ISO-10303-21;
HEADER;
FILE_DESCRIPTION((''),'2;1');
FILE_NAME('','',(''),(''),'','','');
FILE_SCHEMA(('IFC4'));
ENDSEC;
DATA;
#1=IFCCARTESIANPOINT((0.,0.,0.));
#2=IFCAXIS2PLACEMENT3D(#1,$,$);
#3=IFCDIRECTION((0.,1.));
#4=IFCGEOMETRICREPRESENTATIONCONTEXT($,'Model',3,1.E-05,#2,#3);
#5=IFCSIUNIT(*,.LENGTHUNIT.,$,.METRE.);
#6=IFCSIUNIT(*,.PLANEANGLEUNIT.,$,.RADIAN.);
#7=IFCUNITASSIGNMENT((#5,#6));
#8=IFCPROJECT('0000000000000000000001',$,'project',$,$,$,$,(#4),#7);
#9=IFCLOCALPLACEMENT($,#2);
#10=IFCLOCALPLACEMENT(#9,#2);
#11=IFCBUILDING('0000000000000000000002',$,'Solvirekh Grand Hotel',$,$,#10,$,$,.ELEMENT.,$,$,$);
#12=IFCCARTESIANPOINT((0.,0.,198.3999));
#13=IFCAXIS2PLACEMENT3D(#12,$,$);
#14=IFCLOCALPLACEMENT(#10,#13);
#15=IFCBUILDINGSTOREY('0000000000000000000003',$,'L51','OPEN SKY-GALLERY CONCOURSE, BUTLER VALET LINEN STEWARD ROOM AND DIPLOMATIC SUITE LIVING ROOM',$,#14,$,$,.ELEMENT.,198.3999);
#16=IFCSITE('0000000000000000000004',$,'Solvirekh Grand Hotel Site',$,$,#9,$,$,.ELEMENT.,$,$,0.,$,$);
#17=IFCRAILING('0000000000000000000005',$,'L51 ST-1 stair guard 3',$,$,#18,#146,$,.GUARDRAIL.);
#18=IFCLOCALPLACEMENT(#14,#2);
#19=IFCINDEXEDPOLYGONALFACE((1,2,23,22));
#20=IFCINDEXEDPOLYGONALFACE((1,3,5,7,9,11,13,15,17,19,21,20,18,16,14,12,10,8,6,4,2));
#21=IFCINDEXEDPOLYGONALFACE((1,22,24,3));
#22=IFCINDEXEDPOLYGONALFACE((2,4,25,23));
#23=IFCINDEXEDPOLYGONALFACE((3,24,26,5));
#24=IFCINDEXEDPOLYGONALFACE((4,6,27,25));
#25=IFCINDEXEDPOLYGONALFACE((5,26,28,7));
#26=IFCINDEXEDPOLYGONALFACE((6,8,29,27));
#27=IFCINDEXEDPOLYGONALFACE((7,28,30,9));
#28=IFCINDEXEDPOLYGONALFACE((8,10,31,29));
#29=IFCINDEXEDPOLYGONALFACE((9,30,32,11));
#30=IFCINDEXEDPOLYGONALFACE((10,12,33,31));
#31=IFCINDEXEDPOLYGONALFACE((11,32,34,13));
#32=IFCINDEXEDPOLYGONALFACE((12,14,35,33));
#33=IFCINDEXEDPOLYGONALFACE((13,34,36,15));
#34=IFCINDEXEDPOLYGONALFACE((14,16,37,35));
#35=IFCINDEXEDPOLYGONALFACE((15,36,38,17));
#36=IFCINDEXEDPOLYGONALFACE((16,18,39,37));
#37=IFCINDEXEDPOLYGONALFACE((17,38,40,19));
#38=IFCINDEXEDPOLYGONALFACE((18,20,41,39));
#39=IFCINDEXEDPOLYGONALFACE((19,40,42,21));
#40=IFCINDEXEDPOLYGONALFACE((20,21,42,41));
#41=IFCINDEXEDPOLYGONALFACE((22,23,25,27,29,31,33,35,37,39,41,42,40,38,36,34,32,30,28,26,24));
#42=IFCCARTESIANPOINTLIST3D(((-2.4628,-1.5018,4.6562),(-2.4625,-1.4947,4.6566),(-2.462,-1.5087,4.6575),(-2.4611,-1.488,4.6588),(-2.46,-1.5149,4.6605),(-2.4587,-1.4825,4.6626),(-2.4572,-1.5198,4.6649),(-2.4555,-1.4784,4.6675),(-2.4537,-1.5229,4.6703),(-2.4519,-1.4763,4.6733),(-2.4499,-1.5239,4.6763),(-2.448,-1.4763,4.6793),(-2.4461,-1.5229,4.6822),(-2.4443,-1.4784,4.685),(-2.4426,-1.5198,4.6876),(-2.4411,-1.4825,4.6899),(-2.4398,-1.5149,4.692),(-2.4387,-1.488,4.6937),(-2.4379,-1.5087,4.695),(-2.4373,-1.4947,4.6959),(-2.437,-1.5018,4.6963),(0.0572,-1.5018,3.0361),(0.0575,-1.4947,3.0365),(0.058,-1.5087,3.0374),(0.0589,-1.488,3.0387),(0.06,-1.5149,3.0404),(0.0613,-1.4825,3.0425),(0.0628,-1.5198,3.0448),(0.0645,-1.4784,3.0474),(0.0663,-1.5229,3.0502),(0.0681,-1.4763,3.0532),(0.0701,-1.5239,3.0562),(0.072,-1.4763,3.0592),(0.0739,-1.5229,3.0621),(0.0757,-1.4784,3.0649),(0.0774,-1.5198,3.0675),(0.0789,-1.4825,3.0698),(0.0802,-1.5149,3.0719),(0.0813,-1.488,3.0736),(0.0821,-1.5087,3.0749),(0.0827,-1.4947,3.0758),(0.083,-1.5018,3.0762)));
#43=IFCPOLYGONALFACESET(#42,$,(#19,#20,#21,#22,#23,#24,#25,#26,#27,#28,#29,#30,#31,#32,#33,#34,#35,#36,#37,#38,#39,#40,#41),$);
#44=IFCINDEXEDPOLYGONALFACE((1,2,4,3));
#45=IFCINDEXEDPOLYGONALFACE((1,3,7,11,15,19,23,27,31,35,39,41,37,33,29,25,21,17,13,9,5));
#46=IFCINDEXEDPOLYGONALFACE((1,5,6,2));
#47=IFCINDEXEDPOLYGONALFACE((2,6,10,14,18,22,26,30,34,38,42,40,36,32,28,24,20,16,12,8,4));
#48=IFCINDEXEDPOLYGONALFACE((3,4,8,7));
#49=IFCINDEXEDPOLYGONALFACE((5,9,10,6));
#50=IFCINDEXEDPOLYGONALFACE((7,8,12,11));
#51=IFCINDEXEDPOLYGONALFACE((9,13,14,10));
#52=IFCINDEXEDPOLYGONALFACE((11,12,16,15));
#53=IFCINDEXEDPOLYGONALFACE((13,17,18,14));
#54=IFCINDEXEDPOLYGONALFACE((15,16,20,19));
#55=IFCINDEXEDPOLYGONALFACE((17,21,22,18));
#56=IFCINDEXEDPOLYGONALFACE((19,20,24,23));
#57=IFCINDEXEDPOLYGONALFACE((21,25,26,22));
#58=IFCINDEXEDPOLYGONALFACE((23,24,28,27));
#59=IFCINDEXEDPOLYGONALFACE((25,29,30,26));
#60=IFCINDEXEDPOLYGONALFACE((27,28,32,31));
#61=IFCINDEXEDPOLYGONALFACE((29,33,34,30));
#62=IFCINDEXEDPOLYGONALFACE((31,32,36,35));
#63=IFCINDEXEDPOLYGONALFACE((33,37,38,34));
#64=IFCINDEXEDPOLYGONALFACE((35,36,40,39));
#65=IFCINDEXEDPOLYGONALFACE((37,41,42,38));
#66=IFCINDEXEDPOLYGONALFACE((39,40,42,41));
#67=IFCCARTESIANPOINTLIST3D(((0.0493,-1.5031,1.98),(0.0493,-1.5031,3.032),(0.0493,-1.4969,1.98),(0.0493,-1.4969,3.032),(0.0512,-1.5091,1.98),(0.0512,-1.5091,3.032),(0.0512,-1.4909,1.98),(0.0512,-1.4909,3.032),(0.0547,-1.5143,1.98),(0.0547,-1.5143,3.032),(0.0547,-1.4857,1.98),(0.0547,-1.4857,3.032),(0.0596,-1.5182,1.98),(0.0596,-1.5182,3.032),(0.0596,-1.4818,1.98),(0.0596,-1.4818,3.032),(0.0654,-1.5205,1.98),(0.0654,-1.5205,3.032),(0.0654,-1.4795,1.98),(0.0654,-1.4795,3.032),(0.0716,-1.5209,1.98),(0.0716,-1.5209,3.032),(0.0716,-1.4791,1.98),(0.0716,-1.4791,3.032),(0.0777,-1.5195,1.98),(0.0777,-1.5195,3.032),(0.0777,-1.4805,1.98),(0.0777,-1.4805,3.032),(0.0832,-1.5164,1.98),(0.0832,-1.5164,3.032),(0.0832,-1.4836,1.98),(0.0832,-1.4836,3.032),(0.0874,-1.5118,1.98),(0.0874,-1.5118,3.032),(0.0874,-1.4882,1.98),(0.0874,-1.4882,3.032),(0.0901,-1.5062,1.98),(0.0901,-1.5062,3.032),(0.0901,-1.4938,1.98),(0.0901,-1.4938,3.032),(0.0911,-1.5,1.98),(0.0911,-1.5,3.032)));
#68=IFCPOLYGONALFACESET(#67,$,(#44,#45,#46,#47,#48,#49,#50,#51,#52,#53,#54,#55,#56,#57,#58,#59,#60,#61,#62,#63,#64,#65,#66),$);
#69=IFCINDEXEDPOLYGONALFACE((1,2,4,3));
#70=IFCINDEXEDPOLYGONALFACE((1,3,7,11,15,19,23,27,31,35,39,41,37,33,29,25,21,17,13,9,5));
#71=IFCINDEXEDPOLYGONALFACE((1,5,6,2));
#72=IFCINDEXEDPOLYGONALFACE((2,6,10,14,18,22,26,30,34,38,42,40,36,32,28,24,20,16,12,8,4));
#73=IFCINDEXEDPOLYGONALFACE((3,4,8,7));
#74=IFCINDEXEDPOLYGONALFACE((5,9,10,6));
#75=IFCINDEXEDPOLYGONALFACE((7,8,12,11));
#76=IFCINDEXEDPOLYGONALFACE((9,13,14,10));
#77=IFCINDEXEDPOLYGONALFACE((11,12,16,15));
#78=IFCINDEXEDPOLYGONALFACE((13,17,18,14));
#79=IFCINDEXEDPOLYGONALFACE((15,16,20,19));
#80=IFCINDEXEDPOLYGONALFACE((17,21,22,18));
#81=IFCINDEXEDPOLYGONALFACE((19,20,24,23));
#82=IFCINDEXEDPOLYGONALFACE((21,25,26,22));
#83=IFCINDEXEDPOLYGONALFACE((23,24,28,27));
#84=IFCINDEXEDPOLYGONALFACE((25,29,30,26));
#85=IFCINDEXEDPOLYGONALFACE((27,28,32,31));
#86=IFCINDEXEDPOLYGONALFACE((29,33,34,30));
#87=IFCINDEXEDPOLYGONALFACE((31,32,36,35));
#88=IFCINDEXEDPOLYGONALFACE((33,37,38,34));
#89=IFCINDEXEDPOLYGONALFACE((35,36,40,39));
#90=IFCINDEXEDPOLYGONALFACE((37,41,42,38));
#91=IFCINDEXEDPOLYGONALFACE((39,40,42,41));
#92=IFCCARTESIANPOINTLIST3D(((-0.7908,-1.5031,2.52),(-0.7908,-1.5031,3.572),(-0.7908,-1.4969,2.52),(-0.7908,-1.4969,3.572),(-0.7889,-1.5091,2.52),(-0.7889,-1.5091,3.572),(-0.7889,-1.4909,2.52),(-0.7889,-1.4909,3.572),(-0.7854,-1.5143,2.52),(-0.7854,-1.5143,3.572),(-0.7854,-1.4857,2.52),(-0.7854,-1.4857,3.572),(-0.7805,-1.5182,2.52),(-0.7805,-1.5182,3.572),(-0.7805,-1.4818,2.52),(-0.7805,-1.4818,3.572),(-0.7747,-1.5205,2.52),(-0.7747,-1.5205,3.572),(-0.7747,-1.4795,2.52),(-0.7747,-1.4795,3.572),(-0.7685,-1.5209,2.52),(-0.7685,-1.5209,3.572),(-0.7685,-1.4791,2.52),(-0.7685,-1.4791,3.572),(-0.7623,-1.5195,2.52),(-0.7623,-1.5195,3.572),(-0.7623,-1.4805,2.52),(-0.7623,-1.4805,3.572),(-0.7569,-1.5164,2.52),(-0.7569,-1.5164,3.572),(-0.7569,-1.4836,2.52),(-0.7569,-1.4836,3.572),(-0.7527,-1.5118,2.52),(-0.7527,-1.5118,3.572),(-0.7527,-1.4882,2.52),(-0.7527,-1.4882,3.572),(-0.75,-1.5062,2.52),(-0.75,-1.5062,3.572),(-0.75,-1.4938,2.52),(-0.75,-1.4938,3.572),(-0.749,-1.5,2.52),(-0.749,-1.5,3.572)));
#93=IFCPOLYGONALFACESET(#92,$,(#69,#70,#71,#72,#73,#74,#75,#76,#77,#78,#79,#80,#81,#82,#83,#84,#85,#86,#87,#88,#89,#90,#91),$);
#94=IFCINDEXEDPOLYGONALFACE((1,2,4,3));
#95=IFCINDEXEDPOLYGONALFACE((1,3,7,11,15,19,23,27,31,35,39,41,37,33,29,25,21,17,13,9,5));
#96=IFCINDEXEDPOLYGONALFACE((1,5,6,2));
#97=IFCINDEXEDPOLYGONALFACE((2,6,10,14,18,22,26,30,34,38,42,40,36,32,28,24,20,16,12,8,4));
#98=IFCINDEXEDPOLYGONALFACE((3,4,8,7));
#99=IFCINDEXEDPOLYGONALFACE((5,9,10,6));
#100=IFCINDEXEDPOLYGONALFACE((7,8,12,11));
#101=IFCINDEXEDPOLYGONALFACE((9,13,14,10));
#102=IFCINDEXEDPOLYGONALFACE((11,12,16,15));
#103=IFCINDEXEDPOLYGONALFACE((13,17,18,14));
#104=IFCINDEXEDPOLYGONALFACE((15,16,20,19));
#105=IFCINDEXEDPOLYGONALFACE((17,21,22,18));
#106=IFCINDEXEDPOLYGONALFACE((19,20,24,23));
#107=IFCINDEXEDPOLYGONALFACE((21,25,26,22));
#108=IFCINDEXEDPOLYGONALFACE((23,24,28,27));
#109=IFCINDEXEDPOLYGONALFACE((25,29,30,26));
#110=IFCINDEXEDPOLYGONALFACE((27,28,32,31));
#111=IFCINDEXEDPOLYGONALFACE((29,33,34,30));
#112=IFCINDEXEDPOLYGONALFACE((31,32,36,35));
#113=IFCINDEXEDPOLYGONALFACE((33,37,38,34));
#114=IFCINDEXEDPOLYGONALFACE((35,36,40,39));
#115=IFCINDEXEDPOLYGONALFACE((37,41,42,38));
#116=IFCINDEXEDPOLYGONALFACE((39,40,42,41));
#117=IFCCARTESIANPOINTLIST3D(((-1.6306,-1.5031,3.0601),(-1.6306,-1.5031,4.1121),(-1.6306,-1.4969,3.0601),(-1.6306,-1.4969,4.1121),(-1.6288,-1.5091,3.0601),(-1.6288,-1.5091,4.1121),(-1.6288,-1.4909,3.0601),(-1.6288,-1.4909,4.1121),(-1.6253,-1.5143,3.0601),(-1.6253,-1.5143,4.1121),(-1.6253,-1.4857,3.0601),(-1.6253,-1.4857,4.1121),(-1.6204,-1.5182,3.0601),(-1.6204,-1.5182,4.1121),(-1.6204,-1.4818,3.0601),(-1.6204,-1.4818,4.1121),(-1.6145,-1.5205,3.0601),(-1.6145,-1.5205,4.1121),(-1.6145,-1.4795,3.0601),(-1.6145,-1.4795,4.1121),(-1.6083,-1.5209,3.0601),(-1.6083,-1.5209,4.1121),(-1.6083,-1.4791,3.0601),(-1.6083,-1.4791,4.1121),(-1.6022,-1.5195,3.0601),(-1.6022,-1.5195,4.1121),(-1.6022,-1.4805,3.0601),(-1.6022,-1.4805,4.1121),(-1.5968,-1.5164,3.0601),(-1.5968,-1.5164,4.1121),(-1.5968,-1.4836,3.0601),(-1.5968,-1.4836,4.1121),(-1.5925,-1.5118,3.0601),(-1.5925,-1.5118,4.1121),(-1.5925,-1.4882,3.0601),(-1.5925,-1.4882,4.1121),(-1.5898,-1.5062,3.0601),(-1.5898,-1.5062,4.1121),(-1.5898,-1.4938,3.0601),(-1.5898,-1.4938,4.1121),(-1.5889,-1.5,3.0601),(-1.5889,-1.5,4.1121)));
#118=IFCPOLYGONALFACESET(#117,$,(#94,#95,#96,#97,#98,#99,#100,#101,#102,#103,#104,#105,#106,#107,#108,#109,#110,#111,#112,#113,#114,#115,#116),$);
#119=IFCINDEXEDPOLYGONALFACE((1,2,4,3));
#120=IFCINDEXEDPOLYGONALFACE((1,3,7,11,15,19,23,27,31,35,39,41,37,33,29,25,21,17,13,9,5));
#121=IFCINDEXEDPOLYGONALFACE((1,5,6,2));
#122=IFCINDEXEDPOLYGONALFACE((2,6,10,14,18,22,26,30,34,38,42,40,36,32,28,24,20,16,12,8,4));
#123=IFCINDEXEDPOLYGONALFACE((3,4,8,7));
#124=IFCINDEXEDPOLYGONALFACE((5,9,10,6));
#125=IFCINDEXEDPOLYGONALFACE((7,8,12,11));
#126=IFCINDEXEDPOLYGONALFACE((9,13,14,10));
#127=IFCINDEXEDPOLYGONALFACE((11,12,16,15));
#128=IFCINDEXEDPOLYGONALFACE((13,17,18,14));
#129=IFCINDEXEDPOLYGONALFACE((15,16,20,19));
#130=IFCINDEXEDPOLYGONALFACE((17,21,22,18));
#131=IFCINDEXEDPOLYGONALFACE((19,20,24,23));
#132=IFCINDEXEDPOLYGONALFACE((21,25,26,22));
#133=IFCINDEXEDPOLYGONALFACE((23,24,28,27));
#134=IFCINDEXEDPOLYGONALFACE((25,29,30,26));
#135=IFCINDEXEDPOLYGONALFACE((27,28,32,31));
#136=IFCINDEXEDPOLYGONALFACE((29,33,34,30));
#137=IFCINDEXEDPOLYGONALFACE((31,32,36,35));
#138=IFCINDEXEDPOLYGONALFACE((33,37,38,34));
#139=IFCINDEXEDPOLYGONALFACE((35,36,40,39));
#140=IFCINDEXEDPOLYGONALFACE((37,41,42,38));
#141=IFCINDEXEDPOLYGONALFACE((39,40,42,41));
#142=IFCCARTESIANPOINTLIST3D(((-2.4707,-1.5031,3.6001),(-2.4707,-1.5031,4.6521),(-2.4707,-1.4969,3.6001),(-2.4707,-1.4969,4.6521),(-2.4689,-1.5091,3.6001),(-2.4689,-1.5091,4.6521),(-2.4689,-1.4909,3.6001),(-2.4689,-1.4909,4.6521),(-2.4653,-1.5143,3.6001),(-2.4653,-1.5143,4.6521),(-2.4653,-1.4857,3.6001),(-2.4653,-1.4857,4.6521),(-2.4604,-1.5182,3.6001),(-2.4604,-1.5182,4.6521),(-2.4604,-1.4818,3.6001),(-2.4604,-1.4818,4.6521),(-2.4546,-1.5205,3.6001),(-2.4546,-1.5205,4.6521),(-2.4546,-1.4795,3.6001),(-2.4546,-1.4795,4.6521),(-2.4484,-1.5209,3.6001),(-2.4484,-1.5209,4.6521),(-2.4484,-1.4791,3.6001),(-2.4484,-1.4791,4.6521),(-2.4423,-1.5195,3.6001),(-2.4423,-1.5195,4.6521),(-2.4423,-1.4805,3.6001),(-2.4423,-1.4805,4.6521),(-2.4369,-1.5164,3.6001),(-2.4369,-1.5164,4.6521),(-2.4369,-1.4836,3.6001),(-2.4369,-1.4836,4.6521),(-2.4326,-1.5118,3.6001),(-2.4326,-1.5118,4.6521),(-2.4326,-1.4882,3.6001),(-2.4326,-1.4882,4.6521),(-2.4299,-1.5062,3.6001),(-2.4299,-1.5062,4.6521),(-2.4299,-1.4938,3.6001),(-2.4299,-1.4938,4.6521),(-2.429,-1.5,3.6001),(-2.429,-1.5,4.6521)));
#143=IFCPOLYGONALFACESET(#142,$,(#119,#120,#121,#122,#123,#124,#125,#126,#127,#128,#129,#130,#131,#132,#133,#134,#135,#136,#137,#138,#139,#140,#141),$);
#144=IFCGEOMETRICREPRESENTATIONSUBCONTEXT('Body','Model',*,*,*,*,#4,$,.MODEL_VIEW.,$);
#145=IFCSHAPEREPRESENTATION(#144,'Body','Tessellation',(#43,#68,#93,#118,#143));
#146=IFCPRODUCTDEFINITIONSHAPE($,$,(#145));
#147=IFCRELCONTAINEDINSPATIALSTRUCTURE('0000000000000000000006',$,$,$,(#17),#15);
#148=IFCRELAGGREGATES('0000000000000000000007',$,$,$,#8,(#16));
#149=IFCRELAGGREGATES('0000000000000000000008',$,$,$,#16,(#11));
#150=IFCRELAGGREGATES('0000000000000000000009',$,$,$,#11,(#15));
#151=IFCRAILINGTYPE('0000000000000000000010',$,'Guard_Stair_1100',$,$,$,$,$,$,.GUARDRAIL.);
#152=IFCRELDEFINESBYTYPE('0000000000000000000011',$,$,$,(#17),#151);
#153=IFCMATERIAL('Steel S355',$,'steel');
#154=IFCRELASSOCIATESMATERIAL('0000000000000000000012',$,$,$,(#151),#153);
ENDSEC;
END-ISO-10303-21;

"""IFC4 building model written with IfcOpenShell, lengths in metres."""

from ifc_helpers import new_model, si_unit, direction, frame, origin, origin_2d, place, context, subcontext, project, spatial, circle, extrude, material, type_object, element, save


model = new_model("IFC4")

# Units and contexts
model_context = context("Model", 3, precision=1e-05, world=origin(), true_north=direction((0.0, 1.0)))
body_context = subcontext(model_context, "Body", "Model", "MODEL_VIEW")
ifc_project = project(units=[si_unit("LENGTHUNIT", "METRE"), si_unit("PLANEANGLEUNIT", "RADIAN")], contexts=[model_context])

# Site, building, storey
site_placement = place(None, origin())
site = spatial("IfcSite", under=ifc_project, at=site_placement, Name="Solvirekh Grand Hotel Site", CompositionType="ELEMENT", RefElevation=0.0)
building_placement = place(site_placement, origin())
building = spatial("IfcBuilding", under=site, at=building_placement, Name="Solvirekh Grand Hotel", CompositionType="ELEMENT")
storey_placement = place(building_placement, frame((0.0, 0.0, 198.3999)))
storey = spatial("IfcBuildingStorey", under=building, at=storey_placement, Name="L51", Description="OPEN SKY-GALLERY CONCOURSE, BUTLER VALET LINEN STEWARD ROOM AND DIPLOMATIC SUITE LIVING ROOM", CompositionType="ELEMENT", Elevation=198.3999)

# Railing
ifc_material_1 = material(Name="Steel S355", Category="steel")
railing_type_1 = type_object("IfcRailingType", Name="Guard_Stair_1100", PredefinedType="GUARDRAIL", material=ifc_material_1)
railing_1_placement = place(storey_placement, frame((0.0701, -1.5, 1.98)))
element("IfcRailing", 1, at=railing_1_placement, inside=storey, type_object=railing_type_1, Name="L51 ST-1 stair guard 3", PredefinedType="GUARDRAIL", context=body_context, shape_type="SweptSolid", body=[
    extrude(circle(Radius=0.0239, at=origin_2d()), frame((0.0, 0.0, 1.0762), z_axis=(-0.841163, 0.0, 0.540782), x_axis=(0.0, -1.0, 0.0)), (0.0, 0.0, 1.0), 2.9958),
    extrude(circle(Radius=0.021, at=origin_2d()), origin(), (0.0, 0.0, 1.0), 1.052),
    extrude(circle(Radius=0.021, at=origin_2d()), frame((-0.8401, 0.0, 0.54)), (0.0, 0.0, 1.0), 1.052),
    extrude(circle(Radius=0.021, at=origin_2d()), frame((-1.6799, 0.0, 1.0801)), (0.0, 0.0, 1.0), 1.052),
    extrude(circle(Radius=0.021, at=origin_2d()), frame((-2.52, 0.0, 1.6201)), (0.0, 0.0, 1.0), 1.052),
])

save(model, "model.ifc")
